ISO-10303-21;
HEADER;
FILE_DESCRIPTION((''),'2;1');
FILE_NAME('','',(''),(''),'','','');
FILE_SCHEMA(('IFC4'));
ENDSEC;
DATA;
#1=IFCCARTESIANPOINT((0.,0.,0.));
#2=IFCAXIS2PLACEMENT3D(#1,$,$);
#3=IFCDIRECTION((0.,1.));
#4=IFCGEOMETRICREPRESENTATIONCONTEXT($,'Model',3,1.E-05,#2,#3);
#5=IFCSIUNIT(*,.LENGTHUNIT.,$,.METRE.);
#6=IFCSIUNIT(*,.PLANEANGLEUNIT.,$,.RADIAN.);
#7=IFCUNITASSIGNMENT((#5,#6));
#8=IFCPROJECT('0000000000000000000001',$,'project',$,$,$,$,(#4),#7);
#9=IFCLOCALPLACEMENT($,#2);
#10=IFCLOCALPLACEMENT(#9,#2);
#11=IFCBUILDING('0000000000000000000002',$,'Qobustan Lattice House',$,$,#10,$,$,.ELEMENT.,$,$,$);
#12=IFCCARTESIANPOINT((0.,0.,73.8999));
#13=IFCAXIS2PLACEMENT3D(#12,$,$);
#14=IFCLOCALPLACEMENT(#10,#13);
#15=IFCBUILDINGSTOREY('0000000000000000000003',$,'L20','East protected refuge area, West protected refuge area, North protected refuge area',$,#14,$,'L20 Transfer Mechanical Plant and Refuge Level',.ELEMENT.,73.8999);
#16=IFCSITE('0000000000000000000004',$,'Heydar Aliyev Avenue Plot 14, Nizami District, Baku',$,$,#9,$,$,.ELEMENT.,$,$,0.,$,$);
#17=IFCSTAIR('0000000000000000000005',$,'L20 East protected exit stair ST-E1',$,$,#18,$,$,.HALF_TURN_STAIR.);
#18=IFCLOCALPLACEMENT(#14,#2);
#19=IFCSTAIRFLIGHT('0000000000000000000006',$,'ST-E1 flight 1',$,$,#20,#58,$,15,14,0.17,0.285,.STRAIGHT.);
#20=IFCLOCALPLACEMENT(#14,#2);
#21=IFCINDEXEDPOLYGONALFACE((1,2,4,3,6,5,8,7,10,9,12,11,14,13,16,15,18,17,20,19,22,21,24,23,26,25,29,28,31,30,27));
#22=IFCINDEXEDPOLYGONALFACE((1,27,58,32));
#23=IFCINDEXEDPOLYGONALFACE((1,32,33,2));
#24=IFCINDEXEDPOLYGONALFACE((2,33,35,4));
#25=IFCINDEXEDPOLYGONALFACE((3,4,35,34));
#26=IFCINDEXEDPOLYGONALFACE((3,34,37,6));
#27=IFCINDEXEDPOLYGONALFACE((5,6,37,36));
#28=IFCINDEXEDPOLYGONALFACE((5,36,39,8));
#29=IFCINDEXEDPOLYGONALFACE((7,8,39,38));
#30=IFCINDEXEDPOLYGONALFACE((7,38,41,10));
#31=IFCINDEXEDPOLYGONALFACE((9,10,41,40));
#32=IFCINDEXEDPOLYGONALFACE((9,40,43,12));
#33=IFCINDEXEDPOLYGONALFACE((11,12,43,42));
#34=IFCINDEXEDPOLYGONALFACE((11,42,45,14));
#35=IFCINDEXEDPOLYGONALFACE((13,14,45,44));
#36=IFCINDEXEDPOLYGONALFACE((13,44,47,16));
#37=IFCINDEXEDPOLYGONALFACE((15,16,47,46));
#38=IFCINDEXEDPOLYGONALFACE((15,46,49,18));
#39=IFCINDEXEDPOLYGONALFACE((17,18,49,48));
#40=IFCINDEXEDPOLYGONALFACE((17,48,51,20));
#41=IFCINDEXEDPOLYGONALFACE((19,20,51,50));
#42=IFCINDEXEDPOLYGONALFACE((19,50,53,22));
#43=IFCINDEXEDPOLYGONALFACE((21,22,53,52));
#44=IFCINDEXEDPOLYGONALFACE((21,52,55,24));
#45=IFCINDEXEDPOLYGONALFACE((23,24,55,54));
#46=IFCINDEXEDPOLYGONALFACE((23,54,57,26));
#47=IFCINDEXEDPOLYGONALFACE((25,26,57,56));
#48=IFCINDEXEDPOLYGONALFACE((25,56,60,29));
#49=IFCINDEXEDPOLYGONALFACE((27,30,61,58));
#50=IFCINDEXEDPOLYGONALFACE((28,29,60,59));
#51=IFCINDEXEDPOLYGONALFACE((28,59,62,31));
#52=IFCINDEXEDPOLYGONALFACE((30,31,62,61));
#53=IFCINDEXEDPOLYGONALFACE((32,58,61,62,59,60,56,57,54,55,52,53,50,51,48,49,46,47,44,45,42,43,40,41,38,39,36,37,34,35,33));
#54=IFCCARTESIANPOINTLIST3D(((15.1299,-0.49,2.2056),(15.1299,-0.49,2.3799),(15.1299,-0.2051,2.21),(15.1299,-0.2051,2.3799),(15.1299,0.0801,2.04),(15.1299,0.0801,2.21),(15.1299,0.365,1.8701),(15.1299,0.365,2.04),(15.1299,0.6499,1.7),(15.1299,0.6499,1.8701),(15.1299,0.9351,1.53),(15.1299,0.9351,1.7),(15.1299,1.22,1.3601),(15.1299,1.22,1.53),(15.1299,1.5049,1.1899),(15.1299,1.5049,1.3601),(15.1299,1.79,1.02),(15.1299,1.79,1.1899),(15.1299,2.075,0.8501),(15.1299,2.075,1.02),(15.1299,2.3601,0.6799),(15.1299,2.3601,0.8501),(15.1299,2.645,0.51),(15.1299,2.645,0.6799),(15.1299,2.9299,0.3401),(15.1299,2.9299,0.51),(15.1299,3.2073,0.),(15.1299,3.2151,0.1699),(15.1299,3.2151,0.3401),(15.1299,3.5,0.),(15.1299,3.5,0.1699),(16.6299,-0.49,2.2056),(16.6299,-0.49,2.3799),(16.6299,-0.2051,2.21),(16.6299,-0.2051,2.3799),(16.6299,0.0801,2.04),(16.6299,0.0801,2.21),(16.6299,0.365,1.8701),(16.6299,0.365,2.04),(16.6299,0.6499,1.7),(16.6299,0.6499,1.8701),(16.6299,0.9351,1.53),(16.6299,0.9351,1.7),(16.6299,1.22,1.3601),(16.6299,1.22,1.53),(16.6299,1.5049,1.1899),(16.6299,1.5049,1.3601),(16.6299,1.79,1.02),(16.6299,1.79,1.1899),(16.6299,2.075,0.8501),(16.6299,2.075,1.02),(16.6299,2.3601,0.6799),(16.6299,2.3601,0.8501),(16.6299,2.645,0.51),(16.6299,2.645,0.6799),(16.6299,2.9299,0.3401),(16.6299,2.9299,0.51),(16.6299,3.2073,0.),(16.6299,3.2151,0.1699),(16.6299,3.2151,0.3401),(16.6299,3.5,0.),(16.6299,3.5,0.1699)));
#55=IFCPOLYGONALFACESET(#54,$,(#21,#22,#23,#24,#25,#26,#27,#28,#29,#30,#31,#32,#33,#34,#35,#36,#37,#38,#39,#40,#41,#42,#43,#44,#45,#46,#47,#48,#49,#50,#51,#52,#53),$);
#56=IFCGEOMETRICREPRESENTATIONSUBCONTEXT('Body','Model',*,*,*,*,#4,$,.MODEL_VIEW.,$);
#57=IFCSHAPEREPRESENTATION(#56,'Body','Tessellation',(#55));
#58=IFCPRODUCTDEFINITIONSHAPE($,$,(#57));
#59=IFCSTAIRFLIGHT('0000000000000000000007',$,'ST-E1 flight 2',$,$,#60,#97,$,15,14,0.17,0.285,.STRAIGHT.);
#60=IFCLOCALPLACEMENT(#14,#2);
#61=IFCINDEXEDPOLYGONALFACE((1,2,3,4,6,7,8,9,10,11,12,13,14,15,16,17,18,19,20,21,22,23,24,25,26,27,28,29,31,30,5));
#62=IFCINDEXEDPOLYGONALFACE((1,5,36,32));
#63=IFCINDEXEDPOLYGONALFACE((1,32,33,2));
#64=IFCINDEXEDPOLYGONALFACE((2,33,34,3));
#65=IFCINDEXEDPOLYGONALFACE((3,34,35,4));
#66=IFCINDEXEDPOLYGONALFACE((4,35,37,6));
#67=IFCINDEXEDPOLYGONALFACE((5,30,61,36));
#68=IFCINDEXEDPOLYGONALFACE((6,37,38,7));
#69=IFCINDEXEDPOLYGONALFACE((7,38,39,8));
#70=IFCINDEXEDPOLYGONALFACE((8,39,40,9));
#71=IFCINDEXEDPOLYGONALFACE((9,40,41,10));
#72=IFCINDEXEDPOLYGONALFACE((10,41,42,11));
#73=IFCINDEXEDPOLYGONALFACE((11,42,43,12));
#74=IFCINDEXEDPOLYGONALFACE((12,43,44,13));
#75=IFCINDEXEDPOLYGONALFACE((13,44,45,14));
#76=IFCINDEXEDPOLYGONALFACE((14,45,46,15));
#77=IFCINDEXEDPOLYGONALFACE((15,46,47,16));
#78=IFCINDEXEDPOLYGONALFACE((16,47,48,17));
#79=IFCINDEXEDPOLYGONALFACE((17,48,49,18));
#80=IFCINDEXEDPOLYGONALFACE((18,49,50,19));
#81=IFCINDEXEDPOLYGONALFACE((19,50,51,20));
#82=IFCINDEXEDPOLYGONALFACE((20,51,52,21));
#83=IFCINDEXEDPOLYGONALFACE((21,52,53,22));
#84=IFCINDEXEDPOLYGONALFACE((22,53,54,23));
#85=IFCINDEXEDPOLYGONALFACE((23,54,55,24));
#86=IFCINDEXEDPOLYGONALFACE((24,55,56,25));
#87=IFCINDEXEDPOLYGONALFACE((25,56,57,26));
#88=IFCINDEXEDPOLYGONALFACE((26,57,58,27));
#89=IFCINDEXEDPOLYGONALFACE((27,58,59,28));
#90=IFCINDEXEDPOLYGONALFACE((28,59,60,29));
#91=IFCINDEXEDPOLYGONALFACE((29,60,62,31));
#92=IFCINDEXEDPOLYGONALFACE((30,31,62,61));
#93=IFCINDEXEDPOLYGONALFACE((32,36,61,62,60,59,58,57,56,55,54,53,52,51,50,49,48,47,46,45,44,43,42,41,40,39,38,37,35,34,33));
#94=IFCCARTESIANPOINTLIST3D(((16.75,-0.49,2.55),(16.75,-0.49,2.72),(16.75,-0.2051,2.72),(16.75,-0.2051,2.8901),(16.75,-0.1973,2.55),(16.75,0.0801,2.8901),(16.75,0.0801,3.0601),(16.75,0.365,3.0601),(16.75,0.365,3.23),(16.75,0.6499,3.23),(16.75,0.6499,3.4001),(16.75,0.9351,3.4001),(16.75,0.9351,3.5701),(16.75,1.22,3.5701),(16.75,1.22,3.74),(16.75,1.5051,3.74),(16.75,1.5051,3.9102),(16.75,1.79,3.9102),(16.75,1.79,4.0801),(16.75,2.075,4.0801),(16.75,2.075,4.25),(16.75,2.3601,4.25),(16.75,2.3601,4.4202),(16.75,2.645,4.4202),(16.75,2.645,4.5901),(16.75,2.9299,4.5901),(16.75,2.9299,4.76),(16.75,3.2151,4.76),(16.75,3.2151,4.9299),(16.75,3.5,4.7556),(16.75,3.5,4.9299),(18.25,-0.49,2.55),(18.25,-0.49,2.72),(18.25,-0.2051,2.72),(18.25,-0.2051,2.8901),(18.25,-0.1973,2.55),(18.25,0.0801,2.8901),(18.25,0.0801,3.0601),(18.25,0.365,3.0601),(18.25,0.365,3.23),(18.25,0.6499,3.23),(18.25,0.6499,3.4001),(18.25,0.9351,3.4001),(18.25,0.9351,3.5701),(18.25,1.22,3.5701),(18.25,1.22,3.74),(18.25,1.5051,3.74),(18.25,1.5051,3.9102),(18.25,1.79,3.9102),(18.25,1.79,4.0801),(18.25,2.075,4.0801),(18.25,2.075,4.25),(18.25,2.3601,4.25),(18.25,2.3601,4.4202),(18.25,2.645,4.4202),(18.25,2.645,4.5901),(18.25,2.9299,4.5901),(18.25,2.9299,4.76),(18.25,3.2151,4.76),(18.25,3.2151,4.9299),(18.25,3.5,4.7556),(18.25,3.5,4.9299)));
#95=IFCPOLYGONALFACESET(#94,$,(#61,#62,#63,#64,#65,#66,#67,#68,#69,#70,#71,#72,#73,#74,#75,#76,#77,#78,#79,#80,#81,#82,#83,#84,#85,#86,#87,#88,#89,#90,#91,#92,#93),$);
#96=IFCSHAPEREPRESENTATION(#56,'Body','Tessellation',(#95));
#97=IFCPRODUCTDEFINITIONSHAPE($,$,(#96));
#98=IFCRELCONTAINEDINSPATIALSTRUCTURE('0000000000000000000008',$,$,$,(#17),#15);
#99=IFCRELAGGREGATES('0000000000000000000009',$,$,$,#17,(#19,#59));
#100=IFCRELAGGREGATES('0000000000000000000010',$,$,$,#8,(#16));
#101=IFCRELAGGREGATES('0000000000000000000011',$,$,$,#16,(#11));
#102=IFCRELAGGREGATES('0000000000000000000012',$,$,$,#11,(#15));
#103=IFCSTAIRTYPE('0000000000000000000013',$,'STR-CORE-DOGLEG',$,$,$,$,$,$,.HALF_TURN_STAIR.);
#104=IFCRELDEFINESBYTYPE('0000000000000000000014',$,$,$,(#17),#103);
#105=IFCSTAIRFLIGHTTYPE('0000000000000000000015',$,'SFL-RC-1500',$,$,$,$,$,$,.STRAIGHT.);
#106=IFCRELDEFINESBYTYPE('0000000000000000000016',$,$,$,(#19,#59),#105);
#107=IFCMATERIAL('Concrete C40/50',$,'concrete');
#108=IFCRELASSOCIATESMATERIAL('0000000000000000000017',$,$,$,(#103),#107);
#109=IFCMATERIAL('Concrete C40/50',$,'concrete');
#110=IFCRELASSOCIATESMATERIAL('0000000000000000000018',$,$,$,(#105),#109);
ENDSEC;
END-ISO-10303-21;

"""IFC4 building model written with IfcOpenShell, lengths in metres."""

from ifc_helpers import new_model, si_unit, direction, frame, origin, place, context, subcontext, project, spatial, polyline, outline, extrude, material, type_object, element, aggregate, save


model = new_model("IFC4")

# Units and contexts
model_context = context("Model", 3, precision=1e-05, world=origin(), true_north=direction((0.0, 1.0)))
body_context = subcontext(model_context, "Body", "Model", "MODEL_VIEW")
ifc_project = project(units=[si_unit("LENGTHUNIT", "METRE"), si_unit("PLANEANGLEUNIT", "RADIAN")], contexts=[model_context])

# Site, building, storey
site_placement = place(None, origin())
site = spatial("IfcSite", under=ifc_project, at=site_placement, Name="Heydar Aliyev Avenue Plot 14, Nizami District, Baku", CompositionType="ELEMENT", RefElevation=0.0)
building_placement = place(site_placement, origin())
building = spatial("IfcBuilding", under=site, at=building_placement, Name="Qobustan Lattice House", CompositionType="ELEMENT")
storey_placement = place(building_placement, frame((0.0, 0.0, 73.8999)))
storey = spatial("IfcBuildingStorey", under=building, at=storey_placement, Name="L20", Description="East protected refuge area, West protected refuge area, North protected refuge area", LongName="L20 Transfer Mechanical Plant and Refuge Level", CompositionType="ELEMENT", Elevation=73.8999)

# Stair, stair flights
ifc_material_1 = material(Name="Concrete C40/50", Category="concrete")
stair_type = type_object("IfcStairType", Name="STR-CORE-DOGLEG", PredefinedType="HALF_TURN_STAIR", material=ifc_material_1)
stair_placement = place(storey_placement, origin())
stair = element("IfcStair", 1, at=stair_placement, inside=storey, type_object=stair_type, Name="L20 East protected exit stair ST-E1", PredefinedType="HALF_TURN_STAIR")
ifc_material_2 = material(Name="Concrete C40/50", Category="concrete")
stair_flight_type = type_object("IfcStairFlightType", Name="SFL-RC-1500", PredefinedType="STRAIGHT", material=ifc_material_2)
stair_flight_1_placement = place(storey_placement, frame((15.8799, 3.5, 0.0), z_axis=(0.0, 0.0, 1.0), x_axis=(0.0, -1.0, 0.0)))
stair_flight_1 = element("IfcStairFlight", 2, at=stair_flight_1_placement, type_object=stair_flight_type, Name="ST-E1 flight 1", NumberOfRisers=15, NumberOfTreads=14, PredefinedType="STRAIGHT", RiserHeight=0.17, TreadLength=0.285, context=body_context, shape_type="SweptSolid", body=[
    extrude(outline(polyline([(0.0, 0.0), (0.0, 0.1699), (0.2849, 0.1699), (0.2849, 0.3401), (0.5701, 0.3401), (0.5701, 0.51), (0.855, 0.51), (0.855, 0.6799), (1.1399, 0.6799), (1.1399, 0.8501), (1.425, 0.8501), (1.425, 1.02), (1.71, 1.02), (1.71, 1.1899), (1.9951, 1.1899), (1.9951, 1.3601), (2.28, 1.3601), (2.28, 1.53), (2.5649, 1.53), (2.5649, 1.7), (2.8501, 1.7), (2.8501, 1.8701), (3.135, 1.8701), (3.135, 2.04), (3.4199, 2.04), (3.4199, 2.21), (3.7051, 2.21), (3.7051, 2.3799), (3.99, 2.3799), (3.99, 2.55), (3.99, 2.2056), (0.2927, 0.0), (0.0, 0.0)])), frame((0.0, 0.75, 0.0), z_axis=(0.0, -1.0, 0.0), x_axis=(1.0, 0.0, 0.0)), (0.0, 0.0, 1.0), 1.5),
])
stair_flight_2_placement = place(storey_placement, frame((17.5, -0.49, 2.55), z_axis=(0.0, 0.0, 1.0), x_axis=(0.0, 1.0, 0.0)))
stair_flight_2 = element("IfcStairFlight", 3, at=stair_flight_2_placement, type_object=stair_flight_type, Name="ST-E1 flight 2", NumberOfRisers=15, NumberOfTreads=14, PredefinedType="STRAIGHT", RiserHeight=0.17, TreadLength=0.285, context=body_context, shape_type="SweptSolid", body=[
    extrude(outline(polyline([(0.0, 0.0), (0.0, 0.1699), (0.2849, 0.1699), (0.2849, 0.3401), (0.5701, 0.3401), (0.5701, 0.51), (0.855, 0.51), (0.855, 0.6799), (1.1399, 0.6799), (1.1399, 0.8501), (1.425, 0.8501), (1.425, 1.02), (1.71, 1.02), (1.71, 1.1899), (1.9951, 1.1899), (1.9951, 1.3601), (2.28, 1.3601), (2.28, 1.53), (2.5649, 1.53), (2.5649, 1.7), (2.8501, 1.7), (2.8501, 1.8701), (3.135, 1.8701), (3.135, 2.04), (3.4199, 2.04), (3.4199, 2.21), (3.7051, 2.21), (3.7051, 2.3799), (3.99, 2.3799), (3.99, 2.55), (3.99, 2.2056), (0.2927, 0.0), (0.0, 0.0)])), frame((0.0, 0.75, 0.0), z_axis=(0.0, -1.0, 0.0), x_axis=(1.0, 0.0, 0.0)), (0.0, 0.0, 1.0), 1.5),
])
aggregate(stair, [stair_flight_1, stair_flight_2])

save(model, "model.ifc")
